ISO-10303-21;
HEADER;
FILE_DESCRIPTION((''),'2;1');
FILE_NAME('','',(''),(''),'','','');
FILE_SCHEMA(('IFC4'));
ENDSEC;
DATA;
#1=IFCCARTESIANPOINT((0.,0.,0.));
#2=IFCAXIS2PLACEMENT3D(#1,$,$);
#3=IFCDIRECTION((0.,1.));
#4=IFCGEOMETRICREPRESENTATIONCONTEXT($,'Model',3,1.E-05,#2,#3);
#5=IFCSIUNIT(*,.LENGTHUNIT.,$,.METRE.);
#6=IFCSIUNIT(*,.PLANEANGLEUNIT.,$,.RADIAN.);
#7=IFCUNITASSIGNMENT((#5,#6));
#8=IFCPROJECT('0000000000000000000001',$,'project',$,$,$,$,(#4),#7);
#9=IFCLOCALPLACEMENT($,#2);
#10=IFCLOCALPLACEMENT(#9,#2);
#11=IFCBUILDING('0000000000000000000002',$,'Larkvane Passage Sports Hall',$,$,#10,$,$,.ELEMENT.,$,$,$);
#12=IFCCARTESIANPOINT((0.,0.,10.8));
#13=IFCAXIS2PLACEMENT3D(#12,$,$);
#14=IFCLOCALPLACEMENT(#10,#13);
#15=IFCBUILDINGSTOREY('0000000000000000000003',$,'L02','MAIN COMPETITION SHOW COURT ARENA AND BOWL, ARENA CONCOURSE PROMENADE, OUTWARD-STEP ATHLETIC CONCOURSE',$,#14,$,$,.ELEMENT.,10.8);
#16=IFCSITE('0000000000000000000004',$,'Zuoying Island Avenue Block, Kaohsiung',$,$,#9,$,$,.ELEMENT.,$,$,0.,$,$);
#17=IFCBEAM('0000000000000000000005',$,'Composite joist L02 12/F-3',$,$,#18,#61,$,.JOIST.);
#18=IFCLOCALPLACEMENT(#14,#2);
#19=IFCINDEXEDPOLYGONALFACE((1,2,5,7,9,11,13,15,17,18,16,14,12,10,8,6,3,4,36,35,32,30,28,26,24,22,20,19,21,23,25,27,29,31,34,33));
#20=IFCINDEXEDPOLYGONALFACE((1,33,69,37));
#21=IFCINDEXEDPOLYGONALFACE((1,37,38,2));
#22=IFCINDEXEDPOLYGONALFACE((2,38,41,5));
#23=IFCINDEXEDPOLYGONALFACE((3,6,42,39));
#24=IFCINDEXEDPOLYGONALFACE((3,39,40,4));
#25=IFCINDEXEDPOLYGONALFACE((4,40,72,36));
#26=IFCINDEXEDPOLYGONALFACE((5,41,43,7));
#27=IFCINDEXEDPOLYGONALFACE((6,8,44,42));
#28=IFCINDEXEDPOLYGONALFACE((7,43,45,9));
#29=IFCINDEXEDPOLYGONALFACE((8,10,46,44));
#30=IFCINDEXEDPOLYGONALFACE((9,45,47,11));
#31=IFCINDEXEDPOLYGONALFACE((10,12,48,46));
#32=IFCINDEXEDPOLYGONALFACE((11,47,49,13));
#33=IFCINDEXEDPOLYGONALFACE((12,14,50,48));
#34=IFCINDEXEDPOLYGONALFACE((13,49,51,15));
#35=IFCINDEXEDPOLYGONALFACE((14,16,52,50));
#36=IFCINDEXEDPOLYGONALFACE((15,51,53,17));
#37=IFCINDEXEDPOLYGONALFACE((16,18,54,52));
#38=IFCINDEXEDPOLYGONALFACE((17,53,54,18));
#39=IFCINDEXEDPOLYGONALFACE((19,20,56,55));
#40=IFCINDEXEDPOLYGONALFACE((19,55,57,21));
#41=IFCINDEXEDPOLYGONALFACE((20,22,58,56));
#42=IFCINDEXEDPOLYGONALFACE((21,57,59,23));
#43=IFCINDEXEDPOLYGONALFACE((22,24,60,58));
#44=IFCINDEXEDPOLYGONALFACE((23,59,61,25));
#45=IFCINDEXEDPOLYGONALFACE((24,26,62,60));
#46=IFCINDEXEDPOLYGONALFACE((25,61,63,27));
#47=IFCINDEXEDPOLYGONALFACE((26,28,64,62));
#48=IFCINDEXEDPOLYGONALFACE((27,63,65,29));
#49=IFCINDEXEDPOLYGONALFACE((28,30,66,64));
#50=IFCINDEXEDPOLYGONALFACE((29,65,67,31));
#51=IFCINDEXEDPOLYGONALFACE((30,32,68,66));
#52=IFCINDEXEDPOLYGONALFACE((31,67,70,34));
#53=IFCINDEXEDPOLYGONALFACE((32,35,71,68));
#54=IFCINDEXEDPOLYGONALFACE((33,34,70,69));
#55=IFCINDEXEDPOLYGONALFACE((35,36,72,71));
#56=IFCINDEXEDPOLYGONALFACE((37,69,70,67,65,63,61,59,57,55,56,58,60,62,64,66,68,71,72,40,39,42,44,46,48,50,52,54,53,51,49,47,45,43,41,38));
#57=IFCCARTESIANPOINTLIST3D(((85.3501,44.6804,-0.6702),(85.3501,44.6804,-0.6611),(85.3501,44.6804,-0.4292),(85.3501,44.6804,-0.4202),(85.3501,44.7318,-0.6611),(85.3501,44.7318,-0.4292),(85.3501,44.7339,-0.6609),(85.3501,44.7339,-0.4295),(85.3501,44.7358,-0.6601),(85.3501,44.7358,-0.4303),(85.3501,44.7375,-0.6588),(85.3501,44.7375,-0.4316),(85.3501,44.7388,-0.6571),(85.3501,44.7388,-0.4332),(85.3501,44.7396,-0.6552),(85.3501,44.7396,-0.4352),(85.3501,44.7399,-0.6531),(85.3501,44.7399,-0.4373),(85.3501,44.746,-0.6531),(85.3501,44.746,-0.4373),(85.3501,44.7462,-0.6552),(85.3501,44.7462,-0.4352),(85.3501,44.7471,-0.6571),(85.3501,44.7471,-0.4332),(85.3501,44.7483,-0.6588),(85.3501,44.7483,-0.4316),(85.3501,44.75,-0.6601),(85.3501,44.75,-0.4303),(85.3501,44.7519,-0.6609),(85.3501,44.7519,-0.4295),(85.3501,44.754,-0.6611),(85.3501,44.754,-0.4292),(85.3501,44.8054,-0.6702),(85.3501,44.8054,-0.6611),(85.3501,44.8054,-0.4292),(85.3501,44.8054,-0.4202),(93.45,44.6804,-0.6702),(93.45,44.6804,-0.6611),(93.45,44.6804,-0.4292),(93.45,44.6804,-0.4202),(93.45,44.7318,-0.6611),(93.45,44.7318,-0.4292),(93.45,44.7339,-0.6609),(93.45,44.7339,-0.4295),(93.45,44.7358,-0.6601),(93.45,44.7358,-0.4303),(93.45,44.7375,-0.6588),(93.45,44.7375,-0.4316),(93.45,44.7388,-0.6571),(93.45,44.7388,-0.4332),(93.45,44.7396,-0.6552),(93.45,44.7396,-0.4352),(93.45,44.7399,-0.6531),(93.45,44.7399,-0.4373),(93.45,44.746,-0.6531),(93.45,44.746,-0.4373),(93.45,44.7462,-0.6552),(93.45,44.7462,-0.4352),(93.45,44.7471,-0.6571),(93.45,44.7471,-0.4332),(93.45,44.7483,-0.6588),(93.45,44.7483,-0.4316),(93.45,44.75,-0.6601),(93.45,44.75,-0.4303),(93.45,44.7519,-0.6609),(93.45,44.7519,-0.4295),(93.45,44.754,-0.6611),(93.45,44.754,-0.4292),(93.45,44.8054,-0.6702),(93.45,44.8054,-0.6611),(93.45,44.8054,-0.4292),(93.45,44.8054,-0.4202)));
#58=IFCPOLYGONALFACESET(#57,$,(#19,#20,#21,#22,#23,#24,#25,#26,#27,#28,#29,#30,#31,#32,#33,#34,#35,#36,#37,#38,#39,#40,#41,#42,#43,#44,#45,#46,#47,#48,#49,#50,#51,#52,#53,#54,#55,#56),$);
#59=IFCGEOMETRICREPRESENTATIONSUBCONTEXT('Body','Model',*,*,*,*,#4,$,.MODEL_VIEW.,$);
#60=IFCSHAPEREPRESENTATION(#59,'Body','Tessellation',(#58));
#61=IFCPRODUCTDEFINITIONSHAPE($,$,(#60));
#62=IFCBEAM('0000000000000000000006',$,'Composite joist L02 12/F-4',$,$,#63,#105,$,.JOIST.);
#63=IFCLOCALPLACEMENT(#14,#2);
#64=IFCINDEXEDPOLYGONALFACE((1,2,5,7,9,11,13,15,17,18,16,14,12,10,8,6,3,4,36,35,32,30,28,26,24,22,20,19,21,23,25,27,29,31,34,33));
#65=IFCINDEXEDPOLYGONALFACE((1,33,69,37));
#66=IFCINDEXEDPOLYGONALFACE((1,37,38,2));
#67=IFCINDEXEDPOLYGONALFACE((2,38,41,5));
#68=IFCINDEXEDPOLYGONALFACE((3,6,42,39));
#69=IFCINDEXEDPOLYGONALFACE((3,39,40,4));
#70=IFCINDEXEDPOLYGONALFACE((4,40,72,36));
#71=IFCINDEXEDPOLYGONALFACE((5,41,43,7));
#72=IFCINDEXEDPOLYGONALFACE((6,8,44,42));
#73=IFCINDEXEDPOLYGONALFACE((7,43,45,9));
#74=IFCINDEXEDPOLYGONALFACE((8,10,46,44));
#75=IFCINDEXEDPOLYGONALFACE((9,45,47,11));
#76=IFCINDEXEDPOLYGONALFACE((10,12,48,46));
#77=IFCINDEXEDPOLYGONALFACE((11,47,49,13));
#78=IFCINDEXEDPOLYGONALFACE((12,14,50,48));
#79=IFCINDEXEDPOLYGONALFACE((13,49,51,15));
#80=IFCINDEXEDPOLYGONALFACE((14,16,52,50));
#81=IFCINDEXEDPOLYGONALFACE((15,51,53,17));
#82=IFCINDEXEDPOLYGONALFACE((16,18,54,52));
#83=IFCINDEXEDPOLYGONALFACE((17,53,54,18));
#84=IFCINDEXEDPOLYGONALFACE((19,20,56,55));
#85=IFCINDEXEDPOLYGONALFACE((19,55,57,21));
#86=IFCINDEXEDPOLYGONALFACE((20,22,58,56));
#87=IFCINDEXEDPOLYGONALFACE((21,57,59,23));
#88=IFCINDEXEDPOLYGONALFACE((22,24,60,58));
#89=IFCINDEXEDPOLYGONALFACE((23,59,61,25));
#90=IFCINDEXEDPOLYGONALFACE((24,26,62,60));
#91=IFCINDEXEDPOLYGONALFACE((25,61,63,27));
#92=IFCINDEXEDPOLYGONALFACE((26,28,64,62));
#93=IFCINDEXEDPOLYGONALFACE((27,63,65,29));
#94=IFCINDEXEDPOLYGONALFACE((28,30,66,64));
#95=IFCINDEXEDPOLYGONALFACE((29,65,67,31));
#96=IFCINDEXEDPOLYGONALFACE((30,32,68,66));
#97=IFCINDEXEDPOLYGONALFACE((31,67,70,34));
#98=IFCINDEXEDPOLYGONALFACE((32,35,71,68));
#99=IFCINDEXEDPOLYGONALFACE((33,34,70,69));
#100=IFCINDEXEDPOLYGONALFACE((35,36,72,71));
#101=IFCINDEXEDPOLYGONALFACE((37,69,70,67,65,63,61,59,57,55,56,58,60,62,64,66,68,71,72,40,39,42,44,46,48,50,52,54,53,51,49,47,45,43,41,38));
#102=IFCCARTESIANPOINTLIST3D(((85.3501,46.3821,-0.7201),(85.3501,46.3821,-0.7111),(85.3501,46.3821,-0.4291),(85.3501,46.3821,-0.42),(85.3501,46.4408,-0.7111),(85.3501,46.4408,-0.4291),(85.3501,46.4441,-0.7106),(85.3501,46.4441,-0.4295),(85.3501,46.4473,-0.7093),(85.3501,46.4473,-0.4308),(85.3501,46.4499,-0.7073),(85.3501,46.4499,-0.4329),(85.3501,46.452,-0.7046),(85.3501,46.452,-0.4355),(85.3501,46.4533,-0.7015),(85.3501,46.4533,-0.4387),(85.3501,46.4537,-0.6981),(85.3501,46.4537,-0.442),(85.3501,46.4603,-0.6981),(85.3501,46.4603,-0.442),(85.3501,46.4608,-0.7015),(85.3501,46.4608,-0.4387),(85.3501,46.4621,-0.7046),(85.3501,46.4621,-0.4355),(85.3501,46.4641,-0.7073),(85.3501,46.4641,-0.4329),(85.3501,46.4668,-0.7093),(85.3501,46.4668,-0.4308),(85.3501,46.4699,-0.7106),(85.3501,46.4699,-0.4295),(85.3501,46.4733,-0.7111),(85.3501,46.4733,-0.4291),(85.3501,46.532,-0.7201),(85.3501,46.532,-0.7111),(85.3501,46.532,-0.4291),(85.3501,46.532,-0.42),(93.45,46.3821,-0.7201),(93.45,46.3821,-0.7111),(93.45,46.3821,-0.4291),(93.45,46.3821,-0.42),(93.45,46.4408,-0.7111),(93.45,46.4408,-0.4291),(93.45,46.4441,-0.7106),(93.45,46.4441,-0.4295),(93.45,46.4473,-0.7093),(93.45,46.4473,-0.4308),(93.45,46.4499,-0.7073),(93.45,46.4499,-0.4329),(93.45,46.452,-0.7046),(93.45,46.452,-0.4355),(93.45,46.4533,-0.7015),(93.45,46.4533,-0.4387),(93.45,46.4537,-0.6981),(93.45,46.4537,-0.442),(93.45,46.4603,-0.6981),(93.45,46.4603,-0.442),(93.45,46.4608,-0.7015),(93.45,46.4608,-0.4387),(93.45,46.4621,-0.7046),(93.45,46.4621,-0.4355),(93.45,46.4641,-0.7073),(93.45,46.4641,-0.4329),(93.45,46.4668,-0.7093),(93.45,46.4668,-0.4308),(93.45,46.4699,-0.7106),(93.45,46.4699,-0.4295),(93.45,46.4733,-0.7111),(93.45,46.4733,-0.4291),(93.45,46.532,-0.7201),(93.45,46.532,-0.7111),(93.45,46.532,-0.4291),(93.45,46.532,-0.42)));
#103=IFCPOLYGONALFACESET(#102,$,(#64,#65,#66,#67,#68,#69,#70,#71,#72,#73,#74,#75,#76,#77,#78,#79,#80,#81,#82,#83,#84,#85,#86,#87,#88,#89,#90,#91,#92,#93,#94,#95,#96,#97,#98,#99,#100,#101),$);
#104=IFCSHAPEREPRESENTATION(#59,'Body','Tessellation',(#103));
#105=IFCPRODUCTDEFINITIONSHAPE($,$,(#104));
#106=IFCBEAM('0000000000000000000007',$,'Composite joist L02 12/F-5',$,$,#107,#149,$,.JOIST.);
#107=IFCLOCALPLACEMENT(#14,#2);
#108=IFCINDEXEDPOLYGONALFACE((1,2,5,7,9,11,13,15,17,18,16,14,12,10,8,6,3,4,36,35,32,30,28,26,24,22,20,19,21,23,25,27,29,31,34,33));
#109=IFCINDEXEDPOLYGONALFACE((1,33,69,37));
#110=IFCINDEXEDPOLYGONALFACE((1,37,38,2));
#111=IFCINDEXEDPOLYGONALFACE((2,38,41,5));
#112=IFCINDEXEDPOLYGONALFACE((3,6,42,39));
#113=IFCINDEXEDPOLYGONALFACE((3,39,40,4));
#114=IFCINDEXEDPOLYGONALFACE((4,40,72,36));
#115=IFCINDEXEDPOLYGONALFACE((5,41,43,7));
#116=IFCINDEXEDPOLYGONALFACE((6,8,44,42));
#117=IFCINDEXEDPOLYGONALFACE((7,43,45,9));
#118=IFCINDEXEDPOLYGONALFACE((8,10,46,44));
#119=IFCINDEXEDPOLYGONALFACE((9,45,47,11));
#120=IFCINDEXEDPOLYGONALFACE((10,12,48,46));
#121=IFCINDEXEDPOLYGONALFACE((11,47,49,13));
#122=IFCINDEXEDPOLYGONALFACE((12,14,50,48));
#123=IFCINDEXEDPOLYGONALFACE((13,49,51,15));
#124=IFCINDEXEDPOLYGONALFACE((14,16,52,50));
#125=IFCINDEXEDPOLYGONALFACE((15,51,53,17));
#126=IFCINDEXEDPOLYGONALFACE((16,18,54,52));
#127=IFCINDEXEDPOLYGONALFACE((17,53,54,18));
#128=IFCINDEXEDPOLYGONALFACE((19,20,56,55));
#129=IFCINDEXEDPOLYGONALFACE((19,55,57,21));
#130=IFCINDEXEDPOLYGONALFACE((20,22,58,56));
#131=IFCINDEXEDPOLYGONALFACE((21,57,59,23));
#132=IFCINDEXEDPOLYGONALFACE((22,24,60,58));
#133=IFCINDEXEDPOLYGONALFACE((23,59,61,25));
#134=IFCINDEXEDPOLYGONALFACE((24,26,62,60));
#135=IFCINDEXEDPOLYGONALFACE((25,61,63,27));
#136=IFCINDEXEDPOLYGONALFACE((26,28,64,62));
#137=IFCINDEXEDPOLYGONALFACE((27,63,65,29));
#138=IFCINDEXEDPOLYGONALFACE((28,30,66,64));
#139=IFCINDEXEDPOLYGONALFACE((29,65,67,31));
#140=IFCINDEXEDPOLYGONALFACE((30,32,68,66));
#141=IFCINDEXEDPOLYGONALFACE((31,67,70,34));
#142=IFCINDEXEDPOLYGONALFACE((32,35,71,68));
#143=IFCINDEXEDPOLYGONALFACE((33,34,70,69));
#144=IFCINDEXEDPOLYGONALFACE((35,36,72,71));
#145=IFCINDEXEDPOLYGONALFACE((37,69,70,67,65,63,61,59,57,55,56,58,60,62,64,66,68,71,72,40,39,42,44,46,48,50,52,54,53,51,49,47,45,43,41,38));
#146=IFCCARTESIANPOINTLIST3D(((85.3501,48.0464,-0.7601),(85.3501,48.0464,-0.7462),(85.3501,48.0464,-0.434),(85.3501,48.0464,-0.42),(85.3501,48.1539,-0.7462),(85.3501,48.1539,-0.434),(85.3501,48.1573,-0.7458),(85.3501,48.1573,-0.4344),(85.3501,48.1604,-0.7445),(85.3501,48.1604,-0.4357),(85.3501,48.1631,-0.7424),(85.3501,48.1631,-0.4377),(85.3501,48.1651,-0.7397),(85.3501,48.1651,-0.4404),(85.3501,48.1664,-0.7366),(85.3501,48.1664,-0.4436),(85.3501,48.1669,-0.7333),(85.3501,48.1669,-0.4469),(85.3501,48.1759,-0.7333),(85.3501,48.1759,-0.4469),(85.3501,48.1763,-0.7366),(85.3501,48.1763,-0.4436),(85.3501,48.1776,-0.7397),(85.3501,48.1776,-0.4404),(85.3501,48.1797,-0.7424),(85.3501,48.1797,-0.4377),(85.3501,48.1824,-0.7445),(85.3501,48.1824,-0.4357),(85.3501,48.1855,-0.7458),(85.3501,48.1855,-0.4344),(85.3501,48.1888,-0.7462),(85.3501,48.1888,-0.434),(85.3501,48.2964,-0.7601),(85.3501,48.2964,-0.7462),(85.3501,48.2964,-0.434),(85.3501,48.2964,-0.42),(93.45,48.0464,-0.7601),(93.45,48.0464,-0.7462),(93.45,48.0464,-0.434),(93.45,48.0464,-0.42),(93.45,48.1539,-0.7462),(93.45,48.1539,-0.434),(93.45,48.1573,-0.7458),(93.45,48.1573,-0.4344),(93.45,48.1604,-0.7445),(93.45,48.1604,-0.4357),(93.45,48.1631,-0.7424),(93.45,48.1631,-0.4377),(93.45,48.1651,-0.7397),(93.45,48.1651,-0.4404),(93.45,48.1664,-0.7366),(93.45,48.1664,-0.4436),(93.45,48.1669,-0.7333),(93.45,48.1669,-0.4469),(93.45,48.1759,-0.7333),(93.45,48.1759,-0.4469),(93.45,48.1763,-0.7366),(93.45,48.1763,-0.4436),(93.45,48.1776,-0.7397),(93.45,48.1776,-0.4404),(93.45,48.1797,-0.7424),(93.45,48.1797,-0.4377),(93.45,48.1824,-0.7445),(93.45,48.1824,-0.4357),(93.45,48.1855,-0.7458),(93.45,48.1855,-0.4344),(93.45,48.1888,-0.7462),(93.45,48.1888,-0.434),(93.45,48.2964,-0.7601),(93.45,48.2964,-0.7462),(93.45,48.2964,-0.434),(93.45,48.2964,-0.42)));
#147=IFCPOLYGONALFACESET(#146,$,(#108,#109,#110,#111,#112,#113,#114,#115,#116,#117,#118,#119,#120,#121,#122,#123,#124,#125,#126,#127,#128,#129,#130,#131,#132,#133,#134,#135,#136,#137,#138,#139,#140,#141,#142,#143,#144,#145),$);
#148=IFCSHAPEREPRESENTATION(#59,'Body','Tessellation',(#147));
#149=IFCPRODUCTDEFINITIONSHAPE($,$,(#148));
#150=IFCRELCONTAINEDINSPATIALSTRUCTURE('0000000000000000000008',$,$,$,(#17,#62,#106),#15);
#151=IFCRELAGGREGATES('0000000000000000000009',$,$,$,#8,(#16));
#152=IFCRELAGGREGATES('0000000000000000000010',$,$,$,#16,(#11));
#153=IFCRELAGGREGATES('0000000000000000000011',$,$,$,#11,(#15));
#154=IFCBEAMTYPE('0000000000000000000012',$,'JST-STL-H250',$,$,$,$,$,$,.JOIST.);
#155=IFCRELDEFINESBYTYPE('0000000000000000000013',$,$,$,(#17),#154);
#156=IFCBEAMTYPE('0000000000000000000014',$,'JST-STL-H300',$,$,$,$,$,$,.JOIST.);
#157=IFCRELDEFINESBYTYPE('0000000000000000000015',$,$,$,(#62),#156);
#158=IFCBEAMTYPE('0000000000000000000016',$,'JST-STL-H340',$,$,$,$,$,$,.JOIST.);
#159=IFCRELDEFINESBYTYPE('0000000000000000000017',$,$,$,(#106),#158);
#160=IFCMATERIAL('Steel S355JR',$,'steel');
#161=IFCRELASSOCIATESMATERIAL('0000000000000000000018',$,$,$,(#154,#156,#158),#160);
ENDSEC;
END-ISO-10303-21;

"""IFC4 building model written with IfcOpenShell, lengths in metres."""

from ifc_helpers import new_model, si_unit, direction, frame, origin, origin_2d, place, context, subcontext, project, spatial, i_section, extrude, material, material_profile, profile_set, type_object, element, save


model = new_model("IFC4")

# Units and contexts
model_context = context("Model", 3, precision=1e-05, world=origin(), true_north=direction((0.0, 1.0)))
body_context = subcontext(model_context, "Body", "Model", "MODEL_VIEW")
ifc_project = project(units=[si_unit("LENGTHUNIT", "METRE"), si_unit("PLANEANGLEUNIT", "RADIAN")], contexts=[model_context])

# Site, building, storey
site_placement = place(None, origin())
site = spatial("IfcSite", under=ifc_project, at=site_placement, Name="Zuoying Island Avenue Block, Kaohsiung", CompositionType="ELEMENT", RefElevation=0.0)
building_placement = place(site_placement, origin())
building = spatial("IfcBuilding", under=site, at=building_placement, Name="Larkvane Passage Sports Hall", CompositionType="ELEMENT")
storey_placement = place(building_placement, frame((0.0, 0.0, 10.8)))
storey = spatial("IfcBuildingStorey", under=building, at=storey_placement, Name="L02", Description="MAIN COMPETITION SHOW COURT ARENA AND BOWL, ARENA CONCOURSE PROMENADE, OUTWARD-STEP ATHLETIC CONCOURSE", CompositionType="ELEMENT", Elevation=10.8)

# Beams
ifc_material_1 = material(Name="Steel S355JR", Category="steel")
ifc_material_profile_1 = material_profile(ifc_material_1, i_section(OverallWidth=0.125, OverallDepth=0.25, WebThickness=0.0061, FlangeThickness=0.009, FilletRadius=0.0081, at=origin_2d()), Name="H-250x125x6x9")
ifc_profile_set_1 = profile_set([ifc_material_profile_1], Name="Steel S355JR")
beam_type_1 = type_object("IfcBeamType", Name="JST-STL-H250", PredefinedType="JOIST", material=ifc_profile_set_1)
beam_1_placement = place(storey_placement, frame((85.3501, 44.7429, -0.5452), z_axis=(1.0, 0.0, 0.0), x_axis=(0.0, 1.0, 0.0)))
element("IfcBeam", 1, at=beam_1_placement, inside=storey, type_object=beam_type_1, Name="Composite joist L02 12/F-3", PredefinedType="JOIST", context=body_context, shape_type="SweptSolid", body=[
    extrude(i_section(OverallWidth=0.125, OverallDepth=0.25, WebThickness=0.0061, FlangeThickness=0.009, FilletRadius=0.0081, at=origin_2d()), origin(), (0.0, 0.0, 1.0), 8.0999),
])
ifc_material_profile_2 = material_profile(ifc_material_1, i_section(OverallWidth=0.1499, OverallDepth=0.3, WebThickness=0.0066, FlangeThickness=0.009, FilletRadius=0.0129, at=origin_2d()), Name="H-300x150x6.5x9")
ifc_profile_set_2 = profile_set([ifc_material_profile_2], Name="Steel S355JR")
beam_type_2 = type_object("IfcBeamType", Name="JST-STL-H300", PredefinedType="JOIST", material=ifc_profile_set_2)
beam_2_placement = place(storey_placement, frame((85.3501, 46.457, -0.5701), z_axis=(1.0, 0.0, 0.0), x_axis=(0.0, 1.0, 0.0)))
element("IfcBeam", 2, at=beam_2_placement, inside=storey, type_object=beam_type_2, Name="Composite joist L02 12/F-4", PredefinedType="JOIST", context=body_context, shape_type="SweptSolid", body=[
    extrude(i_section(OverallWidth=0.1499, OverallDepth=0.3, WebThickness=0.0066, FlangeThickness=0.009, FilletRadius=0.0129, at=origin_2d()), origin(), (0.0, 0.0, 1.0), 8.0999),
])
ifc_material_profile_3 = material_profile(ifc_material_1, i_section(OverallWidth=0.25, OverallDepth=0.3401, WebThickness=0.009, FlangeThickness=0.0139, FilletRadius=0.0129, at=origin_2d()), Name="H-340x250x9x14")
ifc_profile_set_3 = profile_set([ifc_material_profile_3], Name="Steel S355JR")
beam_type_3 = type_object("IfcBeamType", Name="JST-STL-H340", PredefinedType="JOIST", material=ifc_profile_set_3)
beam_3_placement = place(storey_placement, frame((85.3501, 48.1714, -0.5901), z_axis=(1.0, 0.0, 0.0), x_axis=(0.0, 1.0, 0.0)))
element("IfcBeam", 3, at=beam_3_placement, inside=storey, type_object=beam_type_3, Name="Composite joist L02 12/F-5", PredefinedType="JOIST", context=body_context, shape_type="SweptSolid", body=[
    extrude(i_section(OverallWidth=0.25, OverallDepth=0.3401, WebThickness=0.009, FlangeThickness=0.0139, FilletRadius=0.0129, at=origin_2d()), origin(), (0.0, 0.0, 1.0), 8.0999),
])

save(model, "model.ifc")
